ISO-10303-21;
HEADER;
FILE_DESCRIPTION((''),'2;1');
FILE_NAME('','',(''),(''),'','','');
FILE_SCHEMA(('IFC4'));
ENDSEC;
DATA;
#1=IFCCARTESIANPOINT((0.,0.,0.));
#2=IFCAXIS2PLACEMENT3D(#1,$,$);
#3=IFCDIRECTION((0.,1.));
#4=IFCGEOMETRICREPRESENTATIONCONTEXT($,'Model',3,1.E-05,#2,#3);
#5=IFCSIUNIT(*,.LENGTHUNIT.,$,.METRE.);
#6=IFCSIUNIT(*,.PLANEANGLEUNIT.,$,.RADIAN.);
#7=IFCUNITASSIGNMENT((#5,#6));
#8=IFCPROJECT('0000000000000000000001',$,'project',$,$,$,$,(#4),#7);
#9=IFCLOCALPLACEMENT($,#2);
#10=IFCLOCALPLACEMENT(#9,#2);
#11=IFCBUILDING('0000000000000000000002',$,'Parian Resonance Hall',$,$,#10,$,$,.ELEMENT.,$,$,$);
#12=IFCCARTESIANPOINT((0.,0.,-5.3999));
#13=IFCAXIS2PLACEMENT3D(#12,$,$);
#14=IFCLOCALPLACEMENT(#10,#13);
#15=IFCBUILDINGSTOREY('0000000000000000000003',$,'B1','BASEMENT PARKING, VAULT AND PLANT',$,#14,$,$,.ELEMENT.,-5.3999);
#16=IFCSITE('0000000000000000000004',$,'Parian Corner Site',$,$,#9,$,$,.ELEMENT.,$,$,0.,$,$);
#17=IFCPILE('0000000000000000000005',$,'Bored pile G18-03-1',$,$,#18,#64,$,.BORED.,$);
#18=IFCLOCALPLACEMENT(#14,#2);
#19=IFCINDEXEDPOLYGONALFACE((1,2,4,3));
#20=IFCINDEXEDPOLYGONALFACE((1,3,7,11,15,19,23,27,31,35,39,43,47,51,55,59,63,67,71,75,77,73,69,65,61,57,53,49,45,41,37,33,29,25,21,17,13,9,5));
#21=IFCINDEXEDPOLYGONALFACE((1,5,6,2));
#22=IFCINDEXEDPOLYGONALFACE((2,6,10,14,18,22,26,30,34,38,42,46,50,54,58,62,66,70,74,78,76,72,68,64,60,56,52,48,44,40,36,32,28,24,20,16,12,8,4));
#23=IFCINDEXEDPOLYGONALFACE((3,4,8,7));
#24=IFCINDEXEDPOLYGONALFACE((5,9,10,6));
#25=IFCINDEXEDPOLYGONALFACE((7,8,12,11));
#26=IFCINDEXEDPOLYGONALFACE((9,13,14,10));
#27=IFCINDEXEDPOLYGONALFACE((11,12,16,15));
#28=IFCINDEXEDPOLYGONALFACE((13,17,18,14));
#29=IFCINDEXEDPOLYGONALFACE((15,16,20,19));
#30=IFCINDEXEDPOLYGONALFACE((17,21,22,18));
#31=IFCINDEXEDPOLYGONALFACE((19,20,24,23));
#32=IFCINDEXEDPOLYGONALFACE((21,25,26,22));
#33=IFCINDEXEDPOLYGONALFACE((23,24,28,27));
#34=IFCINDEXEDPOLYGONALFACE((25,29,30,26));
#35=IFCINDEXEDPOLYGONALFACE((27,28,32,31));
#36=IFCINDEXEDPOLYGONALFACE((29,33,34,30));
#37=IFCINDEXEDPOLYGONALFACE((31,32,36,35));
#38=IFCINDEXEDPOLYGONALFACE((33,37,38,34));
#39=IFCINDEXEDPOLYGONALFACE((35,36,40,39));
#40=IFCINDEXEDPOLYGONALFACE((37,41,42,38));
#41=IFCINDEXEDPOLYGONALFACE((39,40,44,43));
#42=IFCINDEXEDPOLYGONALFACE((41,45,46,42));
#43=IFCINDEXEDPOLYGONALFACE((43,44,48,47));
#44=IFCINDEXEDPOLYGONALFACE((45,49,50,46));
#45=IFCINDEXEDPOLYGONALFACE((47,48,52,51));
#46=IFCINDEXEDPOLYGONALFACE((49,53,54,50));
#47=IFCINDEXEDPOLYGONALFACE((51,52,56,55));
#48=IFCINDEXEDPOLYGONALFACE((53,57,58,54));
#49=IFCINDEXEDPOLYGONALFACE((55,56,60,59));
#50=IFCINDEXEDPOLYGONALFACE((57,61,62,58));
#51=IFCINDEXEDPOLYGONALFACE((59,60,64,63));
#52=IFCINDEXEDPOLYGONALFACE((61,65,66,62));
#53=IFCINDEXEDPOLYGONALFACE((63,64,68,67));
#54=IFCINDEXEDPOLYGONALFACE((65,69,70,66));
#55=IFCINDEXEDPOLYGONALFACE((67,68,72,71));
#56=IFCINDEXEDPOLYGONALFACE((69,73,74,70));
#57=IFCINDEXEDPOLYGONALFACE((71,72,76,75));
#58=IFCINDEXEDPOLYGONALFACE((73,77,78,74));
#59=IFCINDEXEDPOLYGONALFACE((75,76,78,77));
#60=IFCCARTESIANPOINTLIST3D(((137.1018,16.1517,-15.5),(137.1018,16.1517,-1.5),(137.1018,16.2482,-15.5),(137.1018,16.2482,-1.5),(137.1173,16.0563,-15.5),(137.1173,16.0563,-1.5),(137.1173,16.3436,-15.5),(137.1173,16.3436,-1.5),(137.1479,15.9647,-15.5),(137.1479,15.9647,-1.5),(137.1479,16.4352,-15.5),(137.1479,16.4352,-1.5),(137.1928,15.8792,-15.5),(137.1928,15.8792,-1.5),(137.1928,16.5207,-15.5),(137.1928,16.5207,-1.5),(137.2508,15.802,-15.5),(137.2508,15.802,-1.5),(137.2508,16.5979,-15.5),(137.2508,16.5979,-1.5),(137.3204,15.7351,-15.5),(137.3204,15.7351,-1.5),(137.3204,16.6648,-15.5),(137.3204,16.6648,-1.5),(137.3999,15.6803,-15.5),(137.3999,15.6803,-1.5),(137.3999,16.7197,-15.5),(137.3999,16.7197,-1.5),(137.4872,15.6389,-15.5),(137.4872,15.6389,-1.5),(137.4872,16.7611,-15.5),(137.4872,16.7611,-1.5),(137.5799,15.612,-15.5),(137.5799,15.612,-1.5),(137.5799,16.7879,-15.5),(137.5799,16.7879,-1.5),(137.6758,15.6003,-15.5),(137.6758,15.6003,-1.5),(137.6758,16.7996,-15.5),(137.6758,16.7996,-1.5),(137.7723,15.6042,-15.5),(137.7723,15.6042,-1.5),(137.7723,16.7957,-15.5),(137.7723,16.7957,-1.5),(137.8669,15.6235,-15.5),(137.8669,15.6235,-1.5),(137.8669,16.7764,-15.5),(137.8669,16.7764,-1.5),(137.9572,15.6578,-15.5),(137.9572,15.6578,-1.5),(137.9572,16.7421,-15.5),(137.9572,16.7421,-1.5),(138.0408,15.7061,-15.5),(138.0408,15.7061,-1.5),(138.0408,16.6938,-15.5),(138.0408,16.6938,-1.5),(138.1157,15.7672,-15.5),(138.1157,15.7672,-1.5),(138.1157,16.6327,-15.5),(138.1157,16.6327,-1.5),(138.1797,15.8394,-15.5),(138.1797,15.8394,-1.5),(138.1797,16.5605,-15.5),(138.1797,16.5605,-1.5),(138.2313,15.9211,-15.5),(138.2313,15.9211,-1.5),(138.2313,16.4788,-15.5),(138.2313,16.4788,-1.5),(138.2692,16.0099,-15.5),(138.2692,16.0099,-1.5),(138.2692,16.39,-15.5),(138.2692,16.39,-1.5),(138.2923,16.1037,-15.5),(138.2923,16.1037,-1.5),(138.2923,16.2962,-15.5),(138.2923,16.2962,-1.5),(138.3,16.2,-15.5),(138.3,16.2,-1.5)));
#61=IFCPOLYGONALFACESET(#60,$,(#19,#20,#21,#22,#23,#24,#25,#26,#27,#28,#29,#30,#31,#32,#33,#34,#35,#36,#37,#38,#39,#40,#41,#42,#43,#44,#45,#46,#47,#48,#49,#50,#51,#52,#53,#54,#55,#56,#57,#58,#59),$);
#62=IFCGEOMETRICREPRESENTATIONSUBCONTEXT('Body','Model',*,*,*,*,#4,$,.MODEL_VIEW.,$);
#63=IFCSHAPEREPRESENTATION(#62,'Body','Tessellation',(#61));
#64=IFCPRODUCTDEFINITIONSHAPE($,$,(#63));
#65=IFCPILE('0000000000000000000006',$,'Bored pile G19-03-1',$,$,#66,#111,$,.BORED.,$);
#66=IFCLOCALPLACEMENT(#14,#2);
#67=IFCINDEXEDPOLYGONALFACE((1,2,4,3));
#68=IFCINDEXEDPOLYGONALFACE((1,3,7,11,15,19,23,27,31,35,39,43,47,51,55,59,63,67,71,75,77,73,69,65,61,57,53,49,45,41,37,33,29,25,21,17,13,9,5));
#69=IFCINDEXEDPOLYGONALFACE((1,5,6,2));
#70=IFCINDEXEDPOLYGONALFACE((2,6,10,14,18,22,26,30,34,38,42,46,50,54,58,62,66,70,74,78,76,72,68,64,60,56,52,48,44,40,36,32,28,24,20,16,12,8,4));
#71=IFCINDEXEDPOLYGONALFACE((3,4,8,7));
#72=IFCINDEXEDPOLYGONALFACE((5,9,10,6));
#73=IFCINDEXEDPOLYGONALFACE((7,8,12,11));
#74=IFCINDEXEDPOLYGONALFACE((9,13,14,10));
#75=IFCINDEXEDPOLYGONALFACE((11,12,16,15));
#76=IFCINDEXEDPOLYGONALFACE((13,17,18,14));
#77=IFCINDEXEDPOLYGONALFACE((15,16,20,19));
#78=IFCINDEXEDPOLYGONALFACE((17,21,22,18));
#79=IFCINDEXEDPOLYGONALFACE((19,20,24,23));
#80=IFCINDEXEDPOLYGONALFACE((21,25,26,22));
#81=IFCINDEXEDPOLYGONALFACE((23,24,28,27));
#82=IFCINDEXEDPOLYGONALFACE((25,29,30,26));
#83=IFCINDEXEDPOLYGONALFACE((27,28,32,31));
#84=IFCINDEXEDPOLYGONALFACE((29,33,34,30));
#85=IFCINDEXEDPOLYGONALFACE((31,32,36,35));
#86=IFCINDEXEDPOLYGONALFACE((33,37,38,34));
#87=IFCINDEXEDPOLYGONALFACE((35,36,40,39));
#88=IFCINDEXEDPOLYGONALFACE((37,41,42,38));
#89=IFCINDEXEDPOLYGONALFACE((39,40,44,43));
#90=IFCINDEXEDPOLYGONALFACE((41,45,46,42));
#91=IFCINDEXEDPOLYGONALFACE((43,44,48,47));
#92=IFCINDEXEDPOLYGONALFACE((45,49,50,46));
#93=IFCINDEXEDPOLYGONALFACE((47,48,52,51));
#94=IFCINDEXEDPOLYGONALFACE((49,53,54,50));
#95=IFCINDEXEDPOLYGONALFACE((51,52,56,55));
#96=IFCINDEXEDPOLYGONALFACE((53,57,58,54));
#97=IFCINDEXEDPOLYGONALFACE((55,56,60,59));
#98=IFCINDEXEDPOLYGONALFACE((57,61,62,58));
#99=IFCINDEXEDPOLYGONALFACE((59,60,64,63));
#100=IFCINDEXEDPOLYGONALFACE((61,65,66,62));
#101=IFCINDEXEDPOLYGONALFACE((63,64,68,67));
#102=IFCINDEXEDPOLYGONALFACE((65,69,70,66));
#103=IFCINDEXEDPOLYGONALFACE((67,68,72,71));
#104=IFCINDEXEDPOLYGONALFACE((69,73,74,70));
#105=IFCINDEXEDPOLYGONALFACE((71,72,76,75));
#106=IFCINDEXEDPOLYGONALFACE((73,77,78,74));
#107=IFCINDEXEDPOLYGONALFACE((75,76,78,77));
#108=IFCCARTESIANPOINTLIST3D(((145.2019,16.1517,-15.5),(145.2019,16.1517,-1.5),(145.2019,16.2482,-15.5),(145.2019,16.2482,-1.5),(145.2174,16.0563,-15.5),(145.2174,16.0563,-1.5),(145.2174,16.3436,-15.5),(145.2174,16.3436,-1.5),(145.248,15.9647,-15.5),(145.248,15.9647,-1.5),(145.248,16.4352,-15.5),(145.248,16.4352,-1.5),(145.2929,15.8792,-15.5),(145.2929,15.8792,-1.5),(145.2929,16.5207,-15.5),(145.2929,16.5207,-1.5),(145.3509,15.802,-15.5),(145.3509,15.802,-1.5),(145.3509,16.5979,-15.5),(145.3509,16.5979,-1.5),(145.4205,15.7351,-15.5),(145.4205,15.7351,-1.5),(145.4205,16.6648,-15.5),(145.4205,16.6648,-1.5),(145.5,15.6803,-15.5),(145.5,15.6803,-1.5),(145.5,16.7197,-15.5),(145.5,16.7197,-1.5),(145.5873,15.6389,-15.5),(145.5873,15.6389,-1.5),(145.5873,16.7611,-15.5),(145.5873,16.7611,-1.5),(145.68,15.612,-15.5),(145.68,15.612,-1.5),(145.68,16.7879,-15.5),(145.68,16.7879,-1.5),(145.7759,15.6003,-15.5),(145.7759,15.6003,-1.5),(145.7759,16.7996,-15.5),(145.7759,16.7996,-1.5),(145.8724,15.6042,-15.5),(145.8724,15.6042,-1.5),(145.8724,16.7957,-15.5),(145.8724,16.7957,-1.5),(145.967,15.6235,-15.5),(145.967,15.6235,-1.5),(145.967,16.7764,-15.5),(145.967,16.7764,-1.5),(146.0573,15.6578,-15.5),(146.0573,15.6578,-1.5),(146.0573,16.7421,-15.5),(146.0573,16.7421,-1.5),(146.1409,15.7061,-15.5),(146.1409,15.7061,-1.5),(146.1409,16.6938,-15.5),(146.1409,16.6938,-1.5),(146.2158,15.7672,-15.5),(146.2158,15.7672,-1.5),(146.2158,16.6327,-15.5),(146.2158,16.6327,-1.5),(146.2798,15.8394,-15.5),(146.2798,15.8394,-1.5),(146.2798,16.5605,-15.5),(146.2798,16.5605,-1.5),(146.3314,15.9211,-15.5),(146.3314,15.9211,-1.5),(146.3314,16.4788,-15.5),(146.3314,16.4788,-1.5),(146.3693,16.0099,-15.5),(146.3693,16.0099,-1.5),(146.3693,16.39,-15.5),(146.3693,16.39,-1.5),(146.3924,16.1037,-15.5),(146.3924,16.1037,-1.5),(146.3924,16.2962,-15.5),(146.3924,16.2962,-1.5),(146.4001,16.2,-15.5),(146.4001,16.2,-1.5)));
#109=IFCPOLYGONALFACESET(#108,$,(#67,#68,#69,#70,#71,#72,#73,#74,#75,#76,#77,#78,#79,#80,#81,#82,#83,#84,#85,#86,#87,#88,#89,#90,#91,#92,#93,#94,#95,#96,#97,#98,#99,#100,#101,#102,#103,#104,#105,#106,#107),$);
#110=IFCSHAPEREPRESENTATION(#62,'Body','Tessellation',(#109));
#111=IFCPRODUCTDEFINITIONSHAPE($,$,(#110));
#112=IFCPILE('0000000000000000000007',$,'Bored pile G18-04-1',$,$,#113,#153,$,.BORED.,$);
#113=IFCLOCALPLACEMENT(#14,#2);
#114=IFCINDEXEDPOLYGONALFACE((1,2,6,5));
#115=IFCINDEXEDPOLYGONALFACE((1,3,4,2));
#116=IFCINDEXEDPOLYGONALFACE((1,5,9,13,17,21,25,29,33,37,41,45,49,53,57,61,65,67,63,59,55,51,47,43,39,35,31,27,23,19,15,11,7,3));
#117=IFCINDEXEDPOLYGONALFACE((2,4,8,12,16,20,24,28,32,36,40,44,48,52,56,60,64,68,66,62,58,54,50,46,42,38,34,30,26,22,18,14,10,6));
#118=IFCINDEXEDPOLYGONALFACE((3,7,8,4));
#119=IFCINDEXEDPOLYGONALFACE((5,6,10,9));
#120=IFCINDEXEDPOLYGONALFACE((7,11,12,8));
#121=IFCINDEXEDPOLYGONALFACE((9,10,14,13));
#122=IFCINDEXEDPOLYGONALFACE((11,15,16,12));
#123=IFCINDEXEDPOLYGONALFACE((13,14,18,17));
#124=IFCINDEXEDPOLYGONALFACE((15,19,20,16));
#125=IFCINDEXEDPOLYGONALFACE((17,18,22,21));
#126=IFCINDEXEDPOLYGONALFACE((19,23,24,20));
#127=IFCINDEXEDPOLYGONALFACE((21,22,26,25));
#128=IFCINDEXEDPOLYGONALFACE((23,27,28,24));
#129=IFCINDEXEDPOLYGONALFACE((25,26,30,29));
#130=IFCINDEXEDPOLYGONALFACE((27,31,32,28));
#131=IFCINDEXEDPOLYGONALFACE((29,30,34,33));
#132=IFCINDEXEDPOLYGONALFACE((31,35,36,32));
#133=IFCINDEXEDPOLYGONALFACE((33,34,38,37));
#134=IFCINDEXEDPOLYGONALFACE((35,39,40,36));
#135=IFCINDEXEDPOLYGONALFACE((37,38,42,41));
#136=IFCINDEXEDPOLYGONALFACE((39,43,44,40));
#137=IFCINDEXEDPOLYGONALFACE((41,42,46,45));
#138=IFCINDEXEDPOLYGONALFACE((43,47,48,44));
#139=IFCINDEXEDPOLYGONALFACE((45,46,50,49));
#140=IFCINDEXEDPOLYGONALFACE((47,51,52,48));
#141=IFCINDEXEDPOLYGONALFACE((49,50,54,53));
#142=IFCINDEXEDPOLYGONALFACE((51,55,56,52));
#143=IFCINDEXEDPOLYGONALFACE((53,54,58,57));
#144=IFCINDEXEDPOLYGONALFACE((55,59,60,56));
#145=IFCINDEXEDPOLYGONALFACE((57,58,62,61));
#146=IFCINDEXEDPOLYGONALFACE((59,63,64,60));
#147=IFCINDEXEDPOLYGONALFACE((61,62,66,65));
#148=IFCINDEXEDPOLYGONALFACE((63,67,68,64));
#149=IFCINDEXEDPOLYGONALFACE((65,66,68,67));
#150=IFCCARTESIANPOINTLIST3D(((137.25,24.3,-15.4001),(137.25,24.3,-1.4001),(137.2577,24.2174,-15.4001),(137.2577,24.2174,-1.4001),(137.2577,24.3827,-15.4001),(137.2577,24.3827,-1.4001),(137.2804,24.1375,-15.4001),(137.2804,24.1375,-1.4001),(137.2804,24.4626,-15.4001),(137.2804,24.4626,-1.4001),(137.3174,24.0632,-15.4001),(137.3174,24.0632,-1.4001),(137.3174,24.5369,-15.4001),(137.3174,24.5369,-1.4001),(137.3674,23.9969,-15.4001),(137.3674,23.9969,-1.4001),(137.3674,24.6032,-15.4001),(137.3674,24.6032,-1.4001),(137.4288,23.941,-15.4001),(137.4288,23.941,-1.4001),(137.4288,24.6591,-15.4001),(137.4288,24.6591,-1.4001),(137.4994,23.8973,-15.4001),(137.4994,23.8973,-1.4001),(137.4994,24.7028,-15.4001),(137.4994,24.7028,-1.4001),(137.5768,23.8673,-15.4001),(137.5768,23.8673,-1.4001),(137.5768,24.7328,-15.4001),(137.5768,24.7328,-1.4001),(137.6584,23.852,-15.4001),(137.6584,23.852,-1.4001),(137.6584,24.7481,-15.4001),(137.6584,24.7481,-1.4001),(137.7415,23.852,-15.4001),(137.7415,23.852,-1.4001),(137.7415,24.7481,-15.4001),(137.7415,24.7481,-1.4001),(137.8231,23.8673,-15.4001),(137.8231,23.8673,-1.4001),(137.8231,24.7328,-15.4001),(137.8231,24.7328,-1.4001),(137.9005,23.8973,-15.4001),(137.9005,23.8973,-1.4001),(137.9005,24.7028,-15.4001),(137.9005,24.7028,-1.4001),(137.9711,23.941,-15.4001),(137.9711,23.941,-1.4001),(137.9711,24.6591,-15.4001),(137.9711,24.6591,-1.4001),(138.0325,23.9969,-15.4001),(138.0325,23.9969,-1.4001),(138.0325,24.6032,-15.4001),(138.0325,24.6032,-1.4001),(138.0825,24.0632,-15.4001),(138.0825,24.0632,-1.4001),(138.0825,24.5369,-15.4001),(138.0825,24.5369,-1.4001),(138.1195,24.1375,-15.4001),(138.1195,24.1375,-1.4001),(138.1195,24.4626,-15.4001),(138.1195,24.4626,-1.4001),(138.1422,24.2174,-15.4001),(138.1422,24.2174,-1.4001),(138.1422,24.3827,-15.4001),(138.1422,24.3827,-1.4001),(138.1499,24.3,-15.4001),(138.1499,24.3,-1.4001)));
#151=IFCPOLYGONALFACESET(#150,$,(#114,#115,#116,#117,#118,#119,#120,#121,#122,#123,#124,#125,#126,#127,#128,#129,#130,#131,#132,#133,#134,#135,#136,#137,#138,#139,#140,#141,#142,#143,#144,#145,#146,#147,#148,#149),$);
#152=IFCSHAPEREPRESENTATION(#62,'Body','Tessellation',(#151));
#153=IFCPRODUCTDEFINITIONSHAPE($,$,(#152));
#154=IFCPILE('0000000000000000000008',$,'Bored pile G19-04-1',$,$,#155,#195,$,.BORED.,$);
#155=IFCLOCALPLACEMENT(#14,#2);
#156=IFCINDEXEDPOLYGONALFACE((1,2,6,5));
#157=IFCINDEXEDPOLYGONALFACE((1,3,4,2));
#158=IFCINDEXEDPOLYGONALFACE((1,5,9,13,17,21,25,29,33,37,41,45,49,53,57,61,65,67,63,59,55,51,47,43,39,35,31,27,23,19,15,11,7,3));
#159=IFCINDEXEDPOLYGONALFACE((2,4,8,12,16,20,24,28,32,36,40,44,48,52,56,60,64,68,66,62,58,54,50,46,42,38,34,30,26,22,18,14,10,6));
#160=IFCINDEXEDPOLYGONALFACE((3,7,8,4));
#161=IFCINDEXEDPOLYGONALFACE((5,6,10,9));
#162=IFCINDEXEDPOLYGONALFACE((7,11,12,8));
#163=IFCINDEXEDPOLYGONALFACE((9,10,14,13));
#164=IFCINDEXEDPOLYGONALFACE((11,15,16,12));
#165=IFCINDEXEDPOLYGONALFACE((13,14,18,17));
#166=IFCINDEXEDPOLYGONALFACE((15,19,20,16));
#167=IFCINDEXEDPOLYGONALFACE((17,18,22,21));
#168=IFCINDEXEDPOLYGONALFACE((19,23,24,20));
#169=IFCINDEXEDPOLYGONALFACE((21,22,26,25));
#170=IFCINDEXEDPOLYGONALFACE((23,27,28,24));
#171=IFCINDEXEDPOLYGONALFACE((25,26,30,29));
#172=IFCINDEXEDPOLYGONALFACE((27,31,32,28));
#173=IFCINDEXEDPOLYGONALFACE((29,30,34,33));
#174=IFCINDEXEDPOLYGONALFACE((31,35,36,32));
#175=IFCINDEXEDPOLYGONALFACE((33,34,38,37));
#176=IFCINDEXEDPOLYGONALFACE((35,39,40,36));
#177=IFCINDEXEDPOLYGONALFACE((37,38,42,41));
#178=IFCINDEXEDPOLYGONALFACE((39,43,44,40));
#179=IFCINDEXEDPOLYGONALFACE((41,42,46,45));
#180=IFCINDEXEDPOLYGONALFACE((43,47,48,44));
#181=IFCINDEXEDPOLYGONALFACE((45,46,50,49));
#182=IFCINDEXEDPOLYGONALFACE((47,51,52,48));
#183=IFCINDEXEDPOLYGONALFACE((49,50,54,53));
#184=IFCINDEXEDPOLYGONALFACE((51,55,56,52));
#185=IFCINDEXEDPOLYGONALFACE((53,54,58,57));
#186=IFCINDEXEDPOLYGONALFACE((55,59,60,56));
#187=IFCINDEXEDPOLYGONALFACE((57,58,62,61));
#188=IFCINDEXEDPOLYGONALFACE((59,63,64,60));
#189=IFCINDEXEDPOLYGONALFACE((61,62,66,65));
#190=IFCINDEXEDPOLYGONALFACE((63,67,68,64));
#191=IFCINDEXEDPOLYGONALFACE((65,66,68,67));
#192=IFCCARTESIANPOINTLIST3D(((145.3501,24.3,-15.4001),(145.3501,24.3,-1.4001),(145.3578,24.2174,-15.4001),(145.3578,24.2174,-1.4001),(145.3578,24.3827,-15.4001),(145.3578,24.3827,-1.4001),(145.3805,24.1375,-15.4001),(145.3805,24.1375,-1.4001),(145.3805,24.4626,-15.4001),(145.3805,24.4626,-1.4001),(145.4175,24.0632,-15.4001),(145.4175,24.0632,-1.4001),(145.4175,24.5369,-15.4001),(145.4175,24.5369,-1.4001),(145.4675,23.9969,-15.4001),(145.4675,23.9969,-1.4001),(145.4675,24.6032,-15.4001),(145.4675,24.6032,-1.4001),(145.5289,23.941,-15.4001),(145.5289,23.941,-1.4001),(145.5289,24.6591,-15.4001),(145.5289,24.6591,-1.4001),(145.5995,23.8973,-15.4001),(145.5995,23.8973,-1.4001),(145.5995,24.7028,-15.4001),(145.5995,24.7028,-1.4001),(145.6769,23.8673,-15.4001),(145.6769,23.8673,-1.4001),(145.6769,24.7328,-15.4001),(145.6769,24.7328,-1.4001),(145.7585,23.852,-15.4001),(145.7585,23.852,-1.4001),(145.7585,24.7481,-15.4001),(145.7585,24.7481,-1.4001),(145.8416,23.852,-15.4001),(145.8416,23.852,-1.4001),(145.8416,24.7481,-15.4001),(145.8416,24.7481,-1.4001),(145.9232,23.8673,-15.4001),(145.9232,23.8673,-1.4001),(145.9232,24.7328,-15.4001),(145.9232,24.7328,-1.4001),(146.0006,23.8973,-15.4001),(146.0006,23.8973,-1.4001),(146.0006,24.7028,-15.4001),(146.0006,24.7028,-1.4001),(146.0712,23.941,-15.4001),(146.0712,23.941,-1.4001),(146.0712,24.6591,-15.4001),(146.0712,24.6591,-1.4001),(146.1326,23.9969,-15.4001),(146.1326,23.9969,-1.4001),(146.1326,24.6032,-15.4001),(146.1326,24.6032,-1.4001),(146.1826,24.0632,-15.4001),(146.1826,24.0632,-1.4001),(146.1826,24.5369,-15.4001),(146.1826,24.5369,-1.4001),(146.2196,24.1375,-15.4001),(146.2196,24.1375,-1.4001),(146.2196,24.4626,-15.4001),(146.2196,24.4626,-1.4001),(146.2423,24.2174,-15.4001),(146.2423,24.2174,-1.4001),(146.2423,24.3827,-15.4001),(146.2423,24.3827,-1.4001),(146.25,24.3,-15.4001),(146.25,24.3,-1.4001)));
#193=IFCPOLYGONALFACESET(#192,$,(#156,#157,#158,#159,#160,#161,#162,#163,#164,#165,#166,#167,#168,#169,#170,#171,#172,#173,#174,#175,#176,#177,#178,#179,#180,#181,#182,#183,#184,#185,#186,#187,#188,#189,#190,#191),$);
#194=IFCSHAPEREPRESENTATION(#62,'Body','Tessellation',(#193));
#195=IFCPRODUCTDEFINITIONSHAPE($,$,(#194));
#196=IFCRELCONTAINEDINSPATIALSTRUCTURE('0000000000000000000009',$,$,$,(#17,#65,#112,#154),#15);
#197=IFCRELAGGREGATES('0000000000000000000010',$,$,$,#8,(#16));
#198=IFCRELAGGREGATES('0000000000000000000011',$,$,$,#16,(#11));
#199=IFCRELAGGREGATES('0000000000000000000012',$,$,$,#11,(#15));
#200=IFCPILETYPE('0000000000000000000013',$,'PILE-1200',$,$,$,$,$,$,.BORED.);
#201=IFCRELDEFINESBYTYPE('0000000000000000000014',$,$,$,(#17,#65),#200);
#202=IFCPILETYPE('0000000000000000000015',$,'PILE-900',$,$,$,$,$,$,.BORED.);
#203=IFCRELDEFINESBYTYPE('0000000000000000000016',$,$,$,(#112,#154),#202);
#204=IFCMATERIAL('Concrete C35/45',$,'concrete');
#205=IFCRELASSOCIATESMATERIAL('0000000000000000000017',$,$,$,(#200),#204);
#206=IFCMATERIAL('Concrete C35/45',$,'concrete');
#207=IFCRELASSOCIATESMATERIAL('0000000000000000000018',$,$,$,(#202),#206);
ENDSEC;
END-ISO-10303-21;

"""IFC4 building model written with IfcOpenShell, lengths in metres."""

from ifc_helpers import new_model, si_unit, direction, frame, origin, origin_2d, place, context, subcontext, project, spatial, circle, extrude, material, material_profile, profile_set, type_object, element, save


model = new_model("IFC4")

# Units and contexts
model_context = context("Model", 3, precision=1e-05, world=origin(), true_north=direction((0.0, 1.0)))
body_context = subcontext(model_context, "Body", "Model", "MODEL_VIEW")
ifc_project = project(units=[si_unit("LENGTHUNIT", "METRE"), si_unit("PLANEANGLEUNIT", "RADIAN")], contexts=[model_context])

# Site, building, storey
site_placement = place(None, origin())
site = spatial("IfcSite", under=ifc_project, at=site_placement, Name="Parian Corner Site", CompositionType="ELEMENT", RefElevation=0.0)
building_placement = place(site_placement, origin())
building = spatial("IfcBuilding", under=site, at=building_placement, Name="Parian Resonance Hall", CompositionType="ELEMENT")
storey_placement = place(building_placement, frame((0.0, 0.0, -5.3999)))
storey = spatial("IfcBuildingStorey", under=building, at=storey_placement, Name="B1", Description="BASEMENT PARKING, VAULT AND PLANT", CompositionType="ELEMENT", Elevation=-5.3999)

# Piles
ifc_material_1 = material(Name="Concrete C35/45", Category="concrete")
ifc_material_profile_1 = material_profile(ifc_material_1, circle(Radius=0.6001, at=origin_2d()), Name="PILE-D1200")
ifc_profile_set_1 = profile_set([ifc_material_profile_1], Name="Concrete C35/45")
pile_type_1 = type_object("IfcPileType", Name="PILE-1200", PredefinedType="BORED", material=ifc_profile_set_1)
for number, where, z_axis, x_axis, name in (
    (1, (137.7, 16.2, -1.5), (0.0, 0.0, -1.0), (1.0, 0.0, 0.0), "Bored pile G18-03-1"),
    (2, (145.8, 16.2, -1.5), (0.0, 0.0, -1.0), (1.0, 0.0, 0.0), "Bored pile G19-03-1"),
):
    element("IfcPile", number, at=place(storey_placement, frame(where, z_axis=z_axis, x_axis=x_axis)), inside=storey, type_object=pile_type_1, Name=name, PredefinedType="BORED", context=body_context, shape_type="SweptSolid", body=[
        extrude(circle(Radius=0.6001, at=origin_2d()), origin(), (0.0, 0.0, 1.0), 14.0),
    ])
ifc_material_2 = material(Name="Concrete C35/45", Category="concrete")
ifc_material_profile_2 = material_profile(ifc_material_2, circle(Radius=0.45, at=origin_2d()), Name="PILE-D900")
ifc_profile_set_2 = profile_set([ifc_material_profile_2], Name="Concrete C35/45")
pile_type_2 = type_object("IfcPileType", Name="PILE-900", PredefinedType="BORED", material=ifc_profile_set_2)
for number, where, z_axis, x_axis, name in (
    (3, (137.7, 24.3, -1.4001), (0.0, 0.0, -1.0), (1.0, 0.0, 0.0), "Bored pile G18-04-1"),
    (4, (145.8, 24.3, -1.4001), (0.0, 0.0, -1.0), (1.0, 0.0, 0.0), "Bored pile G19-04-1"),
):
    element("IfcPile", number, at=place(storey_placement, frame(where, z_axis=z_axis, x_axis=x_axis)), inside=storey, type_object=pile_type_2, Name=name, PredefinedType="BORED", context=body_context, shape_type="SweptSolid", body=[
        extrude(circle(Radius=0.45, at=origin_2d()), origin(), (0.0, 0.0, 1.0), 14.0),
    ])

save(model, "model.ifc")
